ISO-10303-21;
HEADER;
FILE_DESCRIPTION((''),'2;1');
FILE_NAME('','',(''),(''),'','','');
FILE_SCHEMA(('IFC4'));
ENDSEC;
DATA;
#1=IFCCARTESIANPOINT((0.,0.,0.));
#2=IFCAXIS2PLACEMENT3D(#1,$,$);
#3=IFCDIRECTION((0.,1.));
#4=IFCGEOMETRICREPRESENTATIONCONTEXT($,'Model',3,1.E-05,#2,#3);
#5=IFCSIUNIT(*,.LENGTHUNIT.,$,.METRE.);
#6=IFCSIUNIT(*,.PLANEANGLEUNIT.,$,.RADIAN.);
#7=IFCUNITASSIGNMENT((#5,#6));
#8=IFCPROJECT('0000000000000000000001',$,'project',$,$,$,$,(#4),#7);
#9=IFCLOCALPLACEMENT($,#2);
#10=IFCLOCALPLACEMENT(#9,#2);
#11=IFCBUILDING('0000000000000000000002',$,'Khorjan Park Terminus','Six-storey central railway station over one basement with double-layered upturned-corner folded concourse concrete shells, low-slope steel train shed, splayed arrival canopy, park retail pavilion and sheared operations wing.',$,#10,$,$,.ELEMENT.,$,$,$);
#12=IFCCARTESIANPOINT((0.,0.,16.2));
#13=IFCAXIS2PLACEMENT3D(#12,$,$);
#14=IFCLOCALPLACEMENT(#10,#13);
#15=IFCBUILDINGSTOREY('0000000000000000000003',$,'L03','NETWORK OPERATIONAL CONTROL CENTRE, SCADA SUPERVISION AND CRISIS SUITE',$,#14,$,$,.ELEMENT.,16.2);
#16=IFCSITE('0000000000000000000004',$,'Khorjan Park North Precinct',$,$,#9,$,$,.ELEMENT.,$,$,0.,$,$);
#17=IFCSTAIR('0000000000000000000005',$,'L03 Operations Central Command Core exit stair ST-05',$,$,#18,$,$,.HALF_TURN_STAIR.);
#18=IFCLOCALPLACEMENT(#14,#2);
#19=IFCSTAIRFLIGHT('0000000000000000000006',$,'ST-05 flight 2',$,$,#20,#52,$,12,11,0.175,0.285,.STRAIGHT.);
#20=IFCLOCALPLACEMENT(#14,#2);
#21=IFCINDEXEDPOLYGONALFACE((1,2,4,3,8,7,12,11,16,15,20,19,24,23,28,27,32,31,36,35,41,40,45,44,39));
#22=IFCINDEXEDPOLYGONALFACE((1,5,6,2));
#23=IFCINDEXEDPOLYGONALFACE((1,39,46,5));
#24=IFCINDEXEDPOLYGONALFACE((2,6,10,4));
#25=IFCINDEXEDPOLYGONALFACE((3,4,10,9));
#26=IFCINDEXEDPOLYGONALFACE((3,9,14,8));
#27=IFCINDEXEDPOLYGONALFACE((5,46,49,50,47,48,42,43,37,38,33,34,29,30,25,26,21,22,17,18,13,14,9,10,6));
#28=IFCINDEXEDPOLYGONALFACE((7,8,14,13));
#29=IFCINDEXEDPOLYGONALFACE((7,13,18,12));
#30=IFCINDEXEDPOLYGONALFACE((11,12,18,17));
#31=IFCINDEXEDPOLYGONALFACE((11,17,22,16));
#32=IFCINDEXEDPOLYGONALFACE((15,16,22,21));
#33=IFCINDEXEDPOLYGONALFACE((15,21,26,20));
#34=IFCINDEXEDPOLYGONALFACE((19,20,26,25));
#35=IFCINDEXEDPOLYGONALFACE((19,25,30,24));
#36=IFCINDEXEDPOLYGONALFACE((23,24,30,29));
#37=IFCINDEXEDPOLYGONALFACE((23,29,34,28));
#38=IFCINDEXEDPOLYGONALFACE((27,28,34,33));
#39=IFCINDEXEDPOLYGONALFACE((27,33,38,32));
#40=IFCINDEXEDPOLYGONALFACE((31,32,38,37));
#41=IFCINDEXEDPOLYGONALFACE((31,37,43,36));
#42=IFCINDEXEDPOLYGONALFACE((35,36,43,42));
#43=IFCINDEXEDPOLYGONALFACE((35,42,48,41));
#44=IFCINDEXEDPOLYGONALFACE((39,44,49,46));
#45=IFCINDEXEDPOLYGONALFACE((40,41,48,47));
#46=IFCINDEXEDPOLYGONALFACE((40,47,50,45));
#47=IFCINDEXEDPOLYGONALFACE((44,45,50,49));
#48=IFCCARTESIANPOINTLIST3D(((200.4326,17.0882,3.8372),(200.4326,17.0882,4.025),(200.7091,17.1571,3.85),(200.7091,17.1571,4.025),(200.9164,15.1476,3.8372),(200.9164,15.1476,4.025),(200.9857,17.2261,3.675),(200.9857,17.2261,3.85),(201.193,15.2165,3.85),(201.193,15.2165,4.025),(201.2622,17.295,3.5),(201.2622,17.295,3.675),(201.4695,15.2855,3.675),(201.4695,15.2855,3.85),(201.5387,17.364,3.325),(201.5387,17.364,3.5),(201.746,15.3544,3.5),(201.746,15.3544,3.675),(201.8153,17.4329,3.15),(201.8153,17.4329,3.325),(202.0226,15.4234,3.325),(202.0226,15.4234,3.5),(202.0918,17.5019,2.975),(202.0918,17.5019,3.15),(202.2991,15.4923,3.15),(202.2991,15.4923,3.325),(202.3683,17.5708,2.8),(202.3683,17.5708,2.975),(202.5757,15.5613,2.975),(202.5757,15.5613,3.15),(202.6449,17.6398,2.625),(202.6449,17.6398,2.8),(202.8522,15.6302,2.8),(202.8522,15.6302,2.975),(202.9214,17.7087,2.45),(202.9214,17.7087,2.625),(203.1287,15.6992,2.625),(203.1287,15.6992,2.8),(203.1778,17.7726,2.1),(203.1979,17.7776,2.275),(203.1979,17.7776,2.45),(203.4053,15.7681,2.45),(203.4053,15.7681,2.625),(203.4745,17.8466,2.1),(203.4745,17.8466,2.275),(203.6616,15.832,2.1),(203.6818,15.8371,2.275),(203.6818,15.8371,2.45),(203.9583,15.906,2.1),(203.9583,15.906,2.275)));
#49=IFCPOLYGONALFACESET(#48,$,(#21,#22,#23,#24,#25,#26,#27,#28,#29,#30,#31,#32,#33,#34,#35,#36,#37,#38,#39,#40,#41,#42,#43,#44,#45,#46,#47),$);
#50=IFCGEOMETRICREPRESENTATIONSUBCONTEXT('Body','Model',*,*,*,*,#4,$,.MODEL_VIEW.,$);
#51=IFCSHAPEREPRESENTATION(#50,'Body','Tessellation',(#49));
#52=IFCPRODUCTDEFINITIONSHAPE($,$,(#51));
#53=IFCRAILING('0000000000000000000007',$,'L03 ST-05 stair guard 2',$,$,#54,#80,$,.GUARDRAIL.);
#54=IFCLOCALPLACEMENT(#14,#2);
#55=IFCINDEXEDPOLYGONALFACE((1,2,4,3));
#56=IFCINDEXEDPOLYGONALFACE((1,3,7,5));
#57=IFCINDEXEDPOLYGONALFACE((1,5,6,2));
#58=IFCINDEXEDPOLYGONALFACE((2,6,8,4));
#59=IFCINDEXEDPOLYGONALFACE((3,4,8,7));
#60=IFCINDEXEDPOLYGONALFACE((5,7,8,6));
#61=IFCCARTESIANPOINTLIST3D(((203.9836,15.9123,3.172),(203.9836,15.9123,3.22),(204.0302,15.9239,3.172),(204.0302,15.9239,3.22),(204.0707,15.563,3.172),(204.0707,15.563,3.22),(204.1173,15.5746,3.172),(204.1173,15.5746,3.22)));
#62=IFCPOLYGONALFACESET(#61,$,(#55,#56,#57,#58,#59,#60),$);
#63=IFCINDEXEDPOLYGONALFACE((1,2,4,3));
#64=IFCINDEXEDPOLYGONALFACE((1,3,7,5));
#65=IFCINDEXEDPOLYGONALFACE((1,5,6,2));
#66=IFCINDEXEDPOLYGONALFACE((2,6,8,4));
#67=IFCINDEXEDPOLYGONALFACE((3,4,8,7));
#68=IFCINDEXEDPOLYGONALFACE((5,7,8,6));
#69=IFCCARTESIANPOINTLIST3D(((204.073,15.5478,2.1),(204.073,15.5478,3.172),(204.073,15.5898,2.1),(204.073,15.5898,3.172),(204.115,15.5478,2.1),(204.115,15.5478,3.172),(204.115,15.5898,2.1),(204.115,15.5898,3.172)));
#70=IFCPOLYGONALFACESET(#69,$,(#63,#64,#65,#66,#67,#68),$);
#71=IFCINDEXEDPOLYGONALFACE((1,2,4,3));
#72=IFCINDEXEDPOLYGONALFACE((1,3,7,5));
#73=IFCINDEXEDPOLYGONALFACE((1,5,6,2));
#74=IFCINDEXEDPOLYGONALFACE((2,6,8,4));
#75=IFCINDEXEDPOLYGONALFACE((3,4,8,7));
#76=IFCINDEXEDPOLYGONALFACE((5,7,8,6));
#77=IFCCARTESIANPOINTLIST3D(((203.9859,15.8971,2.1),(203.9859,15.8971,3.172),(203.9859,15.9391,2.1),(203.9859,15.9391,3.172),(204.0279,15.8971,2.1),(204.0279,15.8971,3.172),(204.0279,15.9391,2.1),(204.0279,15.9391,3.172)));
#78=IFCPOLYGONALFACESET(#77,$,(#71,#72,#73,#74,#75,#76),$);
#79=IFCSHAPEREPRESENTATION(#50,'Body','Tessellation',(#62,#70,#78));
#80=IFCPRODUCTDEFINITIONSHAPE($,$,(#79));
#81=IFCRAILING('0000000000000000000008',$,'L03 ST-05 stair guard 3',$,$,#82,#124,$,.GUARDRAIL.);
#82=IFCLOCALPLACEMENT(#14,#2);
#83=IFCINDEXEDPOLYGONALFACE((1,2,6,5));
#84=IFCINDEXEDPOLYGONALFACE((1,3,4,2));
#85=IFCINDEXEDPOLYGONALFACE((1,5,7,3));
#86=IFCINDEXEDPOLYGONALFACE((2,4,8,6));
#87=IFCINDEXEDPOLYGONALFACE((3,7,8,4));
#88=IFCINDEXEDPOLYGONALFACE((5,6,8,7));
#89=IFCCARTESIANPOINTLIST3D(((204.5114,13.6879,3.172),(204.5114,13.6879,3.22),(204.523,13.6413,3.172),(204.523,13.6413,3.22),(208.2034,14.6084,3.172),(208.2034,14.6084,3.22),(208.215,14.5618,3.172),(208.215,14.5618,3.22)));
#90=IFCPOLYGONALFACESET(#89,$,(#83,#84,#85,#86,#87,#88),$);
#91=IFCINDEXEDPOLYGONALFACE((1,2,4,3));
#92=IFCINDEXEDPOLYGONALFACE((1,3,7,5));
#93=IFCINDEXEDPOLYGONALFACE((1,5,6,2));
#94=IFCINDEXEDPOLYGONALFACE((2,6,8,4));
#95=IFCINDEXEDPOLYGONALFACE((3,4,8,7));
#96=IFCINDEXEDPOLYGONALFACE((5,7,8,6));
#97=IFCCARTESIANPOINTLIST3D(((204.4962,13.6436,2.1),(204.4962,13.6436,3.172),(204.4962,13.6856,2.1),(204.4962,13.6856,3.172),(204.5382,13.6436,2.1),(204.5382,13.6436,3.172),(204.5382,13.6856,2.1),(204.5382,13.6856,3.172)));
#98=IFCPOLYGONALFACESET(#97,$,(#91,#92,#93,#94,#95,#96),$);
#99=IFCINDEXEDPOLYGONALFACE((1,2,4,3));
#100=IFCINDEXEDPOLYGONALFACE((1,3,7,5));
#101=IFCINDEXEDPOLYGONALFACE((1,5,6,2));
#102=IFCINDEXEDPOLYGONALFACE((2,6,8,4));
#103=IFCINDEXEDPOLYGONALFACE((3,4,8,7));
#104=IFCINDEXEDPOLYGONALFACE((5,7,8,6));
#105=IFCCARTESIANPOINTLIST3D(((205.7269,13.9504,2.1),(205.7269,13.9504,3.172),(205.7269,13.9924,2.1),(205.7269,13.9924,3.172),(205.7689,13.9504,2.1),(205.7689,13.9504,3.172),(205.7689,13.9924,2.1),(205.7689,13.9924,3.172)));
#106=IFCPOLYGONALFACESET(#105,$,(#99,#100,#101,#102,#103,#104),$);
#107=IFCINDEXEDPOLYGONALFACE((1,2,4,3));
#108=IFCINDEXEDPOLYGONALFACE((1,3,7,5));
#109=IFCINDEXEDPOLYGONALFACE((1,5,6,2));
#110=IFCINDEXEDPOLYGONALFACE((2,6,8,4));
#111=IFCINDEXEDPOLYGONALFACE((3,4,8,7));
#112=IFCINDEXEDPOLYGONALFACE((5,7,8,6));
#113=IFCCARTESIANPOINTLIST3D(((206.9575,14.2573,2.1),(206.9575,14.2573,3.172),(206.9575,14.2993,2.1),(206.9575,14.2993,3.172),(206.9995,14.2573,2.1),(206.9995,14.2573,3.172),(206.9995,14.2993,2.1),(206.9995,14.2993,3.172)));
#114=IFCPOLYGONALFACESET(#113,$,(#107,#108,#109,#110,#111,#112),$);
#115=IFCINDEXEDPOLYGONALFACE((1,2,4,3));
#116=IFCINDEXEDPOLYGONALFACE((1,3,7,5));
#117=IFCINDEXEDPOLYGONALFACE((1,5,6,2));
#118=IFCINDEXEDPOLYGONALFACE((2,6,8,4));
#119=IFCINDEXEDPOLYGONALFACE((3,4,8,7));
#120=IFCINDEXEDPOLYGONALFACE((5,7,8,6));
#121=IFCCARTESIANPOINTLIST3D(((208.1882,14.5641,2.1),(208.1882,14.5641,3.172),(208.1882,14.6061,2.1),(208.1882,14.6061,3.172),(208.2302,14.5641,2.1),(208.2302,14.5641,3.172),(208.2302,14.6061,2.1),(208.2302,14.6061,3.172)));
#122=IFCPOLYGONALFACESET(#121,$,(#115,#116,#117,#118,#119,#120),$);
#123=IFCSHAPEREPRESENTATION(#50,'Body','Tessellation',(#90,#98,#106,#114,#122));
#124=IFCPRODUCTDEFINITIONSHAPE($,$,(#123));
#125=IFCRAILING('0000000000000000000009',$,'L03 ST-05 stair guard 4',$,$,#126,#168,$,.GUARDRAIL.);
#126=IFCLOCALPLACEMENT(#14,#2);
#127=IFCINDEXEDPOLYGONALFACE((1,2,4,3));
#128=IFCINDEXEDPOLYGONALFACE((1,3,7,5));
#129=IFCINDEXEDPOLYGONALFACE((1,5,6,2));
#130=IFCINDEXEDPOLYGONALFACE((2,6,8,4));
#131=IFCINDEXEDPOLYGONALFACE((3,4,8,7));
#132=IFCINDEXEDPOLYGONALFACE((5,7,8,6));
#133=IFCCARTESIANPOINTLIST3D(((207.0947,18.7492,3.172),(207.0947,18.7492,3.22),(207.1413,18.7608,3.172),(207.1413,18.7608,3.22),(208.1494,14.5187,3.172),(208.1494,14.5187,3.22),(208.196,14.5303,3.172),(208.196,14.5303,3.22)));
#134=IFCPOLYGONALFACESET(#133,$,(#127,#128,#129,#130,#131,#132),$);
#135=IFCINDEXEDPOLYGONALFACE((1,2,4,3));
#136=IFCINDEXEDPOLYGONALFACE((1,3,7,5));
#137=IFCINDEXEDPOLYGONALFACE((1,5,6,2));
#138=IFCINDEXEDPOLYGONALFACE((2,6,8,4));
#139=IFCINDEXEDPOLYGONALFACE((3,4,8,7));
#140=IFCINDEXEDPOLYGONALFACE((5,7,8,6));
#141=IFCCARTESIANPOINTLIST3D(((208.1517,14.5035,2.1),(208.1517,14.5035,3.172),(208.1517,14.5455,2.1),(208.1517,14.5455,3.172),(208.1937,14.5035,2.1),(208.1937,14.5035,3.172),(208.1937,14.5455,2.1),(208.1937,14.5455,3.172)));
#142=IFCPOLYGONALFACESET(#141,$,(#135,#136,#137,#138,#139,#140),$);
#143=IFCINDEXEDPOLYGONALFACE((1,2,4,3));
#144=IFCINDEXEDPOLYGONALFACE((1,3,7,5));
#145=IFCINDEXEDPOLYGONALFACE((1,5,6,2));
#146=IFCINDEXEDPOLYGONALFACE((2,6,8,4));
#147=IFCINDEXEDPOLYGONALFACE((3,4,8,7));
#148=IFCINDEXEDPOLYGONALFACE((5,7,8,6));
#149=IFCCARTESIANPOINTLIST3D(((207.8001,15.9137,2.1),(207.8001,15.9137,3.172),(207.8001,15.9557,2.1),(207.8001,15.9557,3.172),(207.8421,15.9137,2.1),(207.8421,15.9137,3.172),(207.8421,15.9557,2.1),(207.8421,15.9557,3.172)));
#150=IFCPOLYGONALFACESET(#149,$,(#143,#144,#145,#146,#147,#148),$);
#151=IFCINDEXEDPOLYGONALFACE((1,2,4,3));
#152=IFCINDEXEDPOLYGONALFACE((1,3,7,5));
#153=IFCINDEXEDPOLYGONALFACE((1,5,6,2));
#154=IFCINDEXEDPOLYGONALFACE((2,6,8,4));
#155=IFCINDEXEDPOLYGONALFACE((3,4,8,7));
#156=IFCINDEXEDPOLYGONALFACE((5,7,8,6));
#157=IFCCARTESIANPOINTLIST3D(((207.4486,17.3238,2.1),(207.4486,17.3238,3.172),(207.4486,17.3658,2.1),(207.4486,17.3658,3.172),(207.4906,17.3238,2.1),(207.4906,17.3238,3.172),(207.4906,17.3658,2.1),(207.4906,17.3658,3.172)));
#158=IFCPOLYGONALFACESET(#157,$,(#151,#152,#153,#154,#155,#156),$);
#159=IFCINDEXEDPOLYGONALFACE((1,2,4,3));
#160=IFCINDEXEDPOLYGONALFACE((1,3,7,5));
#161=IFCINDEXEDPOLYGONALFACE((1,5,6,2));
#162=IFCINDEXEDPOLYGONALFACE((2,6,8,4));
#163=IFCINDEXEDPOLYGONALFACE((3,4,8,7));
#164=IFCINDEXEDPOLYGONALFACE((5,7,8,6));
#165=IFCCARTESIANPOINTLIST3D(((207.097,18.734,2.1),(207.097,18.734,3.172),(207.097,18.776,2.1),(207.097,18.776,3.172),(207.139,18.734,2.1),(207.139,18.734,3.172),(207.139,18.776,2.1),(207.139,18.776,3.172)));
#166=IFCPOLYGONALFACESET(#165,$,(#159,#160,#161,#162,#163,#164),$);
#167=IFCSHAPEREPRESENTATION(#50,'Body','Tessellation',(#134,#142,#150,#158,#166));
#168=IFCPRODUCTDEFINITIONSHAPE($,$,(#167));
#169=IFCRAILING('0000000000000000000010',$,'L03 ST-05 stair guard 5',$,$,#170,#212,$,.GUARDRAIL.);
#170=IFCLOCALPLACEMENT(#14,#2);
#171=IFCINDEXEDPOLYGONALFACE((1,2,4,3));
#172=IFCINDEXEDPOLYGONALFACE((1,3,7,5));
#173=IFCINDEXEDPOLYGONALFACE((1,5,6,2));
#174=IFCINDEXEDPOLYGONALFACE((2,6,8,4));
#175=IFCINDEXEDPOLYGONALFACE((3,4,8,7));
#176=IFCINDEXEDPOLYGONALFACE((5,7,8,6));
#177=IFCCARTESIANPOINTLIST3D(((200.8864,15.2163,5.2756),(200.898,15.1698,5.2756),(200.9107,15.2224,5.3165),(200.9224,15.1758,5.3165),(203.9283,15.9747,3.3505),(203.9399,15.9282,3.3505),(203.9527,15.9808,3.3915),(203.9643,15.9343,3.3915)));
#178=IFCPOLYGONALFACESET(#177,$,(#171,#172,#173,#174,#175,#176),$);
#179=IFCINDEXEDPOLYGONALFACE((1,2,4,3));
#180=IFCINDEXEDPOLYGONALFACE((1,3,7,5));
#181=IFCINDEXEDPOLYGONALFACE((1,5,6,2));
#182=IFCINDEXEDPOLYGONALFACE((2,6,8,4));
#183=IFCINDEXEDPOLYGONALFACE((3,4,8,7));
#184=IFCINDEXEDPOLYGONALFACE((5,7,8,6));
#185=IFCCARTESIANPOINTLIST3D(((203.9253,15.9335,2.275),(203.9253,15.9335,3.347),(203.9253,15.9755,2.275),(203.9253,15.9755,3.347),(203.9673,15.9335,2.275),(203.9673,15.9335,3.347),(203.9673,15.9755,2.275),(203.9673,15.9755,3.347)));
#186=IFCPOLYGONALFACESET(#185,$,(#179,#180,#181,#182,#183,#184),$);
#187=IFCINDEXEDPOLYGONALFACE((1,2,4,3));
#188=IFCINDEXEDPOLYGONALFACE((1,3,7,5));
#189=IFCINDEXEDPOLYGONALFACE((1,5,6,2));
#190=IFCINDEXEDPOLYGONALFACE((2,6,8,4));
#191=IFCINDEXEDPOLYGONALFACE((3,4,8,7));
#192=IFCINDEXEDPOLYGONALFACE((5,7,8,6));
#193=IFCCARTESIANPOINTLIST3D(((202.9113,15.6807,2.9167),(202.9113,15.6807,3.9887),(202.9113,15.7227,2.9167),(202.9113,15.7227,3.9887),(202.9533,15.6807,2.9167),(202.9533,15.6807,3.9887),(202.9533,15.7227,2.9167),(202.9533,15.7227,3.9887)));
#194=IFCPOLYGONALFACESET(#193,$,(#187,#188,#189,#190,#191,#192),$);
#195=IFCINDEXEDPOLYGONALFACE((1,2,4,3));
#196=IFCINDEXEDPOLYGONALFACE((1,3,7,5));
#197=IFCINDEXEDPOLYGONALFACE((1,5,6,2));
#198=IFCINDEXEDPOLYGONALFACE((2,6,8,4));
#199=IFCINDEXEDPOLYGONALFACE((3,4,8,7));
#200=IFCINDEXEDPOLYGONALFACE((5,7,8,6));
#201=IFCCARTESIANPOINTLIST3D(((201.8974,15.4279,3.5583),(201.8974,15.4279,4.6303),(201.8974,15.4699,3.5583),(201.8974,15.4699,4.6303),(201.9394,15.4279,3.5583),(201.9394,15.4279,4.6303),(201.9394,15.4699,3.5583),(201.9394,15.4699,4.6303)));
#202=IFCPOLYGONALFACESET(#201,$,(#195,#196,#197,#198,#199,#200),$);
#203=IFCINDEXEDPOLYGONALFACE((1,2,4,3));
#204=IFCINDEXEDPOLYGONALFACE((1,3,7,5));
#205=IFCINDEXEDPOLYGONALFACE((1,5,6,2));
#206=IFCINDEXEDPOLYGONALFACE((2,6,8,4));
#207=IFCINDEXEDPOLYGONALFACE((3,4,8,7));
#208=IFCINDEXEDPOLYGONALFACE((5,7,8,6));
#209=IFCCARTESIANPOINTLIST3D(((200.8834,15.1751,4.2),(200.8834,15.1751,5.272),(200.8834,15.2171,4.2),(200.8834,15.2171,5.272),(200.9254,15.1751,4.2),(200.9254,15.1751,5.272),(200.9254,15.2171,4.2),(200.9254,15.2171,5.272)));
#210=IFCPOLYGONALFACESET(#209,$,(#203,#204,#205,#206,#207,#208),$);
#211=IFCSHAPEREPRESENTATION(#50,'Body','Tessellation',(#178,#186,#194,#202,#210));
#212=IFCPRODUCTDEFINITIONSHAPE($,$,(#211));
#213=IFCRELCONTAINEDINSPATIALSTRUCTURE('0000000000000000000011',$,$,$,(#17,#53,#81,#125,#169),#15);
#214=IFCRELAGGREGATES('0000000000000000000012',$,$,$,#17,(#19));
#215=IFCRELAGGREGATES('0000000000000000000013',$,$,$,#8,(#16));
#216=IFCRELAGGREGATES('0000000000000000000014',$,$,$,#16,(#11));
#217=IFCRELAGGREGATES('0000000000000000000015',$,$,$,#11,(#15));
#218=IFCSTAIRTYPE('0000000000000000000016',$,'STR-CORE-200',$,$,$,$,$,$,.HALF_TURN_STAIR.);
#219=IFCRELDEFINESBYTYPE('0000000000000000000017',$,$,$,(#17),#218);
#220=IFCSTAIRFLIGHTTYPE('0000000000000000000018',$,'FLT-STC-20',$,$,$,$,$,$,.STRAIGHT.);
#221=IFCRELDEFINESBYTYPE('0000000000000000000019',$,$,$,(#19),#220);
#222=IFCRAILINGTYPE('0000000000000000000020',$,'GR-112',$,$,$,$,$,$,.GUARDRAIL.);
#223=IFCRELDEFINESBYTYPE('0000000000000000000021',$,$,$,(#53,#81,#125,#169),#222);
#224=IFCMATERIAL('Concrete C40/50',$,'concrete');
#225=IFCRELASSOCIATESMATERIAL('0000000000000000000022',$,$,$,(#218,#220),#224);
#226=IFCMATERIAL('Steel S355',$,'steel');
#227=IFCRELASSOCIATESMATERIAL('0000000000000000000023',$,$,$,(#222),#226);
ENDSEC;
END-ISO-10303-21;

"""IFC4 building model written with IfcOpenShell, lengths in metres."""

from ifc_helpers import new_model, si_unit, direction, frame, origin, origin_2d, place, context, subcontext, project, spatial, polyline, rectangle, outline, extrude, material, type_object, element, aggregate, save


model = new_model("IFC4")

# Units and contexts
model_context = context("Model", 3, precision=1e-05, world=origin(), true_north=direction((0.0, 1.0)))
body_context = subcontext(model_context, "Body", "Model", "MODEL_VIEW")
ifc_project = project(units=[si_unit("LENGTHUNIT", "METRE"), si_unit("PLANEANGLEUNIT", "RADIAN")], contexts=[model_context])

# Site, building, storey
site_placement = place(None, origin())
site = spatial("IfcSite", under=ifc_project, at=site_placement, Name="Khorjan Park North Precinct", CompositionType="ELEMENT", RefElevation=0.0)
building_placement = place(site_placement, origin())
building = spatial("IfcBuilding", under=site, at=building_placement, Name="Khorjan Park Terminus", Description="Six-storey central railway station over one basement with double-layered upturned-corner folded concourse concrete shells, low-slope steel train shed, splayed arrival canopy, park retail pavilion and sheared operations wing.", CompositionType="ELEMENT")
storey_placement = place(building_placement, frame((0.0, 0.0, 16.2)))
storey = spatial("IfcBuildingStorey", under=building, at=storey_placement, Name="L03", Description="NETWORK OPERATIONAL CONTROL CENTRE, SCADA SUPERVISION AND CRISIS SUITE", CompositionType="ELEMENT", Elevation=16.2)

# Shared definitions
ifc_material_1 = material(Name="Steel S355", Category="steel")

# Shared definitions
ifc_material_2 = material(Name="Concrete C40/50", Category="concrete")

# Stair, stair flight
stair_type = type_object("IfcStairType", Name="STR-CORE-200", PredefinedType="HALF_TURN_STAIR", material=ifc_material_2)
stair_placement = place(storey_placement, origin())
stair = element("IfcStair", 1, at=stair_placement, inside=storey, type_object=stair_type, Name="L03 Operations Central Command Core exit stair ST-05", PredefinedType="HALF_TURN_STAIR")
stair_flight_type = type_object("IfcStairFlightType", Name="FLT-STC-20", PredefinedType="STRAIGHT", material=ifc_material_2)
stair_flight_placement = place(storey_placement, frame((203.7164, 16.8763, 2.1), z_axis=(0.0, 0.0, 1.0), x_axis=(-0.970296, -0.241922, 0.0)))
stair_flight = element("IfcStairFlight", 2, at=stair_flight_placement, type_object=stair_flight_type, Name="ST-05 flight 2", NumberOfRisers=12, NumberOfTreads=11, PredefinedType="STRAIGHT", RiserHeight=0.175, TreadLength=0.285, context=body_context, shape_type="SweptSolid", body=[
    extrude(outline(polyline([(0.0, 0.0), (0.0, 0.175), (0.285, 0.175), (0.285, 0.35), (0.57, 0.35), (0.57, 0.525), (0.855, 0.525), (0.855, 0.7), (1.14, 0.7), (1.14, 0.875), (1.425, 0.875), (1.425, 1.05), (1.71, 1.05), (1.71, 1.225), (1.995, 1.225), (1.995, 1.4), (2.28, 1.4), (2.28, 1.575), (2.565, 1.575), (2.565, 1.75), (2.85, 1.75), (2.85, 1.925), (3.135, 1.925), (3.135, 2.1), (3.135, 1.7372), (0.3058, 0.0), (0.0, 0.0)])), frame((0.0, 1.0, 0.0), z_axis=(0.0, -1.0, 0.0), x_axis=(1.0, 0.0, 0.0)), (0.0, 0.0, 1.0), 2.0),
])
aggregate(stair, [stair_flight])

# Railings
railing_type_1 = type_object("IfcRailingType", Name="GR-112", PredefinedType="GUARDRAIL", material=ifc_material_1)
railing_1_placement = place(storey_placement, frame((204.094, 15.5688, 2.1)))
element("IfcRailing", 3, at=railing_1_placement, inside=storey, type_object=railing_type_1, Name="L03 ST-05 stair guard 2", PredefinedType="GUARDRAIL", context=body_context, shape_type="SweptSolid", body=[
    extrude(rectangle(XDim=0.048, YDim=0.048, at=origin_2d()), frame((0.0, 0.0, 1.096), z_axis=(-0.241947, 0.970289, 0.0), x_axis=(-0.970289, -0.241947, 0.0)), (0.0, 0.0, 1.0), 0.36),
    extrude(rectangle(XDim=0.042, YDim=0.042, at=origin_2d()), origin(), (0.0, 0.0, 1.0), 1.072),
    extrude(rectangle(XDim=0.042, YDim=0.042, at=origin_2d()), frame((-0.0871, 0.3493, 0.0)), (0.0, 0.0, 1.0), 1.072),
])
railing_2_placement = place(storey_placement, frame((204.5172, 13.6646, 2.1)))
element("IfcRailing", 4, at=railing_2_placement, inside=storey, type_object=railing_type_1, Name="L03 ST-05 stair guard 3", PredefinedType="GUARDRAIL", context=body_context, shape_type="SweptSolid", body=[
    extrude(rectangle(XDim=0.048, YDim=0.048, at=origin_2d()), frame((0.0, 0.0, 1.096), z_axis=(0.970297, 0.241917, 0.0), x_axis=(-0.241917, 0.970297, 0.0)), (0.0, 0.0, 1.0), 3.805),
    extrude(rectangle(XDim=0.042, YDim=0.042, at=origin_2d()), origin(), (0.0, 0.0, 1.0), 1.072),
    extrude(rectangle(XDim=0.042, YDim=0.042, at=origin_2d()), frame((1.2307, 0.3068, 0.0)), (0.0, 0.0, 1.0), 1.072),
    extrude(rectangle(XDim=0.042, YDim=0.042, at=origin_2d()), frame((2.4613, 0.6137, 0.0)), (0.0, 0.0, 1.0), 1.072),
    extrude(rectangle(XDim=0.042, YDim=0.042, at=origin_2d()), frame((3.692, 0.9205, 0.0)), (0.0, 0.0, 1.0), 1.072),
])
railing_3_placement = place(storey_placement, frame((208.1727, 14.5245, 2.1)))
element("IfcRailing", 5, at=railing_3_placement, inside=storey, type_object=railing_type_1, Name="L03 ST-05 stair guard 4", PredefinedType="GUARDRAIL", context=body_context, shape_type="SweptSolid", body=[
    extrude(rectangle(XDim=0.048, YDim=0.048, at=origin_2d()), frame((0.0, 0.0, 1.096), z_axis=(-0.241904, 0.9703, 0.0), x_axis=(-0.9703, -0.241904, 0.0)), (0.0, 0.0, 1.0), 4.36),
    extrude(rectangle(XDim=0.042, YDim=0.042, at=origin_2d()), origin(), (0.0, 0.0, 1.0), 1.072),
    extrude(rectangle(XDim=0.042, YDim=0.042, at=origin_2d()), frame((-0.3516, 1.4102, 0.0)), (0.0, 0.0, 1.0), 1.072),
    extrude(rectangle(XDim=0.042, YDim=0.042, at=origin_2d()), frame((-0.7031, 2.8203, 0.0)), (0.0, 0.0, 1.0), 1.072),
    extrude(rectangle(XDim=0.042, YDim=0.042, at=origin_2d()), frame((-1.0547, 4.2305, 0.0)), (0.0, 0.0, 1.0), 1.072),
])
railing_4_placement = place(storey_placement, frame((203.9463, 15.9545, 2.275)))
element("IfcRailing", 6, at=railing_4_placement, inside=storey, type_object=railing_type_1, Name="L03 ST-05 stair guard 5", PredefinedType="GUARDRAIL", context=body_context, shape_type="SweptSolid", body=[
    extrude(rectangle(XDim=0.048, YDim=0.048, at=origin_2d()), frame((0.0, 0.0, 1.096), z_axis=(-0.826861, -0.206151, 0.523261), x_axis=(0.241913, -0.970298, 0.0)), (0.0, 0.0, 1.0), 3.6789),
    extrude(rectangle(XDim=0.042, YDim=0.042, at=origin_2d()), origin(), (0.0, 0.0, 1.0), 1.072),
    extrude(rectangle(XDim=0.042, YDim=0.042, at=origin_2d()), frame((-1.014, -0.2528, 0.6417)), (0.0, 0.0, 1.0), 1.072),
    extrude(rectangle(XDim=0.042, YDim=0.042, at=origin_2d()), frame((-2.0279, -0.5056, 1.2833)), (0.0, 0.0, 1.0), 1.072),
    extrude(rectangle(XDim=0.042, YDim=0.042, at=origin_2d()), frame((-3.0419, -0.7584, 1.925)), (0.0, 0.0, 1.0), 1.072),
])

save(model, "model.ifc")
